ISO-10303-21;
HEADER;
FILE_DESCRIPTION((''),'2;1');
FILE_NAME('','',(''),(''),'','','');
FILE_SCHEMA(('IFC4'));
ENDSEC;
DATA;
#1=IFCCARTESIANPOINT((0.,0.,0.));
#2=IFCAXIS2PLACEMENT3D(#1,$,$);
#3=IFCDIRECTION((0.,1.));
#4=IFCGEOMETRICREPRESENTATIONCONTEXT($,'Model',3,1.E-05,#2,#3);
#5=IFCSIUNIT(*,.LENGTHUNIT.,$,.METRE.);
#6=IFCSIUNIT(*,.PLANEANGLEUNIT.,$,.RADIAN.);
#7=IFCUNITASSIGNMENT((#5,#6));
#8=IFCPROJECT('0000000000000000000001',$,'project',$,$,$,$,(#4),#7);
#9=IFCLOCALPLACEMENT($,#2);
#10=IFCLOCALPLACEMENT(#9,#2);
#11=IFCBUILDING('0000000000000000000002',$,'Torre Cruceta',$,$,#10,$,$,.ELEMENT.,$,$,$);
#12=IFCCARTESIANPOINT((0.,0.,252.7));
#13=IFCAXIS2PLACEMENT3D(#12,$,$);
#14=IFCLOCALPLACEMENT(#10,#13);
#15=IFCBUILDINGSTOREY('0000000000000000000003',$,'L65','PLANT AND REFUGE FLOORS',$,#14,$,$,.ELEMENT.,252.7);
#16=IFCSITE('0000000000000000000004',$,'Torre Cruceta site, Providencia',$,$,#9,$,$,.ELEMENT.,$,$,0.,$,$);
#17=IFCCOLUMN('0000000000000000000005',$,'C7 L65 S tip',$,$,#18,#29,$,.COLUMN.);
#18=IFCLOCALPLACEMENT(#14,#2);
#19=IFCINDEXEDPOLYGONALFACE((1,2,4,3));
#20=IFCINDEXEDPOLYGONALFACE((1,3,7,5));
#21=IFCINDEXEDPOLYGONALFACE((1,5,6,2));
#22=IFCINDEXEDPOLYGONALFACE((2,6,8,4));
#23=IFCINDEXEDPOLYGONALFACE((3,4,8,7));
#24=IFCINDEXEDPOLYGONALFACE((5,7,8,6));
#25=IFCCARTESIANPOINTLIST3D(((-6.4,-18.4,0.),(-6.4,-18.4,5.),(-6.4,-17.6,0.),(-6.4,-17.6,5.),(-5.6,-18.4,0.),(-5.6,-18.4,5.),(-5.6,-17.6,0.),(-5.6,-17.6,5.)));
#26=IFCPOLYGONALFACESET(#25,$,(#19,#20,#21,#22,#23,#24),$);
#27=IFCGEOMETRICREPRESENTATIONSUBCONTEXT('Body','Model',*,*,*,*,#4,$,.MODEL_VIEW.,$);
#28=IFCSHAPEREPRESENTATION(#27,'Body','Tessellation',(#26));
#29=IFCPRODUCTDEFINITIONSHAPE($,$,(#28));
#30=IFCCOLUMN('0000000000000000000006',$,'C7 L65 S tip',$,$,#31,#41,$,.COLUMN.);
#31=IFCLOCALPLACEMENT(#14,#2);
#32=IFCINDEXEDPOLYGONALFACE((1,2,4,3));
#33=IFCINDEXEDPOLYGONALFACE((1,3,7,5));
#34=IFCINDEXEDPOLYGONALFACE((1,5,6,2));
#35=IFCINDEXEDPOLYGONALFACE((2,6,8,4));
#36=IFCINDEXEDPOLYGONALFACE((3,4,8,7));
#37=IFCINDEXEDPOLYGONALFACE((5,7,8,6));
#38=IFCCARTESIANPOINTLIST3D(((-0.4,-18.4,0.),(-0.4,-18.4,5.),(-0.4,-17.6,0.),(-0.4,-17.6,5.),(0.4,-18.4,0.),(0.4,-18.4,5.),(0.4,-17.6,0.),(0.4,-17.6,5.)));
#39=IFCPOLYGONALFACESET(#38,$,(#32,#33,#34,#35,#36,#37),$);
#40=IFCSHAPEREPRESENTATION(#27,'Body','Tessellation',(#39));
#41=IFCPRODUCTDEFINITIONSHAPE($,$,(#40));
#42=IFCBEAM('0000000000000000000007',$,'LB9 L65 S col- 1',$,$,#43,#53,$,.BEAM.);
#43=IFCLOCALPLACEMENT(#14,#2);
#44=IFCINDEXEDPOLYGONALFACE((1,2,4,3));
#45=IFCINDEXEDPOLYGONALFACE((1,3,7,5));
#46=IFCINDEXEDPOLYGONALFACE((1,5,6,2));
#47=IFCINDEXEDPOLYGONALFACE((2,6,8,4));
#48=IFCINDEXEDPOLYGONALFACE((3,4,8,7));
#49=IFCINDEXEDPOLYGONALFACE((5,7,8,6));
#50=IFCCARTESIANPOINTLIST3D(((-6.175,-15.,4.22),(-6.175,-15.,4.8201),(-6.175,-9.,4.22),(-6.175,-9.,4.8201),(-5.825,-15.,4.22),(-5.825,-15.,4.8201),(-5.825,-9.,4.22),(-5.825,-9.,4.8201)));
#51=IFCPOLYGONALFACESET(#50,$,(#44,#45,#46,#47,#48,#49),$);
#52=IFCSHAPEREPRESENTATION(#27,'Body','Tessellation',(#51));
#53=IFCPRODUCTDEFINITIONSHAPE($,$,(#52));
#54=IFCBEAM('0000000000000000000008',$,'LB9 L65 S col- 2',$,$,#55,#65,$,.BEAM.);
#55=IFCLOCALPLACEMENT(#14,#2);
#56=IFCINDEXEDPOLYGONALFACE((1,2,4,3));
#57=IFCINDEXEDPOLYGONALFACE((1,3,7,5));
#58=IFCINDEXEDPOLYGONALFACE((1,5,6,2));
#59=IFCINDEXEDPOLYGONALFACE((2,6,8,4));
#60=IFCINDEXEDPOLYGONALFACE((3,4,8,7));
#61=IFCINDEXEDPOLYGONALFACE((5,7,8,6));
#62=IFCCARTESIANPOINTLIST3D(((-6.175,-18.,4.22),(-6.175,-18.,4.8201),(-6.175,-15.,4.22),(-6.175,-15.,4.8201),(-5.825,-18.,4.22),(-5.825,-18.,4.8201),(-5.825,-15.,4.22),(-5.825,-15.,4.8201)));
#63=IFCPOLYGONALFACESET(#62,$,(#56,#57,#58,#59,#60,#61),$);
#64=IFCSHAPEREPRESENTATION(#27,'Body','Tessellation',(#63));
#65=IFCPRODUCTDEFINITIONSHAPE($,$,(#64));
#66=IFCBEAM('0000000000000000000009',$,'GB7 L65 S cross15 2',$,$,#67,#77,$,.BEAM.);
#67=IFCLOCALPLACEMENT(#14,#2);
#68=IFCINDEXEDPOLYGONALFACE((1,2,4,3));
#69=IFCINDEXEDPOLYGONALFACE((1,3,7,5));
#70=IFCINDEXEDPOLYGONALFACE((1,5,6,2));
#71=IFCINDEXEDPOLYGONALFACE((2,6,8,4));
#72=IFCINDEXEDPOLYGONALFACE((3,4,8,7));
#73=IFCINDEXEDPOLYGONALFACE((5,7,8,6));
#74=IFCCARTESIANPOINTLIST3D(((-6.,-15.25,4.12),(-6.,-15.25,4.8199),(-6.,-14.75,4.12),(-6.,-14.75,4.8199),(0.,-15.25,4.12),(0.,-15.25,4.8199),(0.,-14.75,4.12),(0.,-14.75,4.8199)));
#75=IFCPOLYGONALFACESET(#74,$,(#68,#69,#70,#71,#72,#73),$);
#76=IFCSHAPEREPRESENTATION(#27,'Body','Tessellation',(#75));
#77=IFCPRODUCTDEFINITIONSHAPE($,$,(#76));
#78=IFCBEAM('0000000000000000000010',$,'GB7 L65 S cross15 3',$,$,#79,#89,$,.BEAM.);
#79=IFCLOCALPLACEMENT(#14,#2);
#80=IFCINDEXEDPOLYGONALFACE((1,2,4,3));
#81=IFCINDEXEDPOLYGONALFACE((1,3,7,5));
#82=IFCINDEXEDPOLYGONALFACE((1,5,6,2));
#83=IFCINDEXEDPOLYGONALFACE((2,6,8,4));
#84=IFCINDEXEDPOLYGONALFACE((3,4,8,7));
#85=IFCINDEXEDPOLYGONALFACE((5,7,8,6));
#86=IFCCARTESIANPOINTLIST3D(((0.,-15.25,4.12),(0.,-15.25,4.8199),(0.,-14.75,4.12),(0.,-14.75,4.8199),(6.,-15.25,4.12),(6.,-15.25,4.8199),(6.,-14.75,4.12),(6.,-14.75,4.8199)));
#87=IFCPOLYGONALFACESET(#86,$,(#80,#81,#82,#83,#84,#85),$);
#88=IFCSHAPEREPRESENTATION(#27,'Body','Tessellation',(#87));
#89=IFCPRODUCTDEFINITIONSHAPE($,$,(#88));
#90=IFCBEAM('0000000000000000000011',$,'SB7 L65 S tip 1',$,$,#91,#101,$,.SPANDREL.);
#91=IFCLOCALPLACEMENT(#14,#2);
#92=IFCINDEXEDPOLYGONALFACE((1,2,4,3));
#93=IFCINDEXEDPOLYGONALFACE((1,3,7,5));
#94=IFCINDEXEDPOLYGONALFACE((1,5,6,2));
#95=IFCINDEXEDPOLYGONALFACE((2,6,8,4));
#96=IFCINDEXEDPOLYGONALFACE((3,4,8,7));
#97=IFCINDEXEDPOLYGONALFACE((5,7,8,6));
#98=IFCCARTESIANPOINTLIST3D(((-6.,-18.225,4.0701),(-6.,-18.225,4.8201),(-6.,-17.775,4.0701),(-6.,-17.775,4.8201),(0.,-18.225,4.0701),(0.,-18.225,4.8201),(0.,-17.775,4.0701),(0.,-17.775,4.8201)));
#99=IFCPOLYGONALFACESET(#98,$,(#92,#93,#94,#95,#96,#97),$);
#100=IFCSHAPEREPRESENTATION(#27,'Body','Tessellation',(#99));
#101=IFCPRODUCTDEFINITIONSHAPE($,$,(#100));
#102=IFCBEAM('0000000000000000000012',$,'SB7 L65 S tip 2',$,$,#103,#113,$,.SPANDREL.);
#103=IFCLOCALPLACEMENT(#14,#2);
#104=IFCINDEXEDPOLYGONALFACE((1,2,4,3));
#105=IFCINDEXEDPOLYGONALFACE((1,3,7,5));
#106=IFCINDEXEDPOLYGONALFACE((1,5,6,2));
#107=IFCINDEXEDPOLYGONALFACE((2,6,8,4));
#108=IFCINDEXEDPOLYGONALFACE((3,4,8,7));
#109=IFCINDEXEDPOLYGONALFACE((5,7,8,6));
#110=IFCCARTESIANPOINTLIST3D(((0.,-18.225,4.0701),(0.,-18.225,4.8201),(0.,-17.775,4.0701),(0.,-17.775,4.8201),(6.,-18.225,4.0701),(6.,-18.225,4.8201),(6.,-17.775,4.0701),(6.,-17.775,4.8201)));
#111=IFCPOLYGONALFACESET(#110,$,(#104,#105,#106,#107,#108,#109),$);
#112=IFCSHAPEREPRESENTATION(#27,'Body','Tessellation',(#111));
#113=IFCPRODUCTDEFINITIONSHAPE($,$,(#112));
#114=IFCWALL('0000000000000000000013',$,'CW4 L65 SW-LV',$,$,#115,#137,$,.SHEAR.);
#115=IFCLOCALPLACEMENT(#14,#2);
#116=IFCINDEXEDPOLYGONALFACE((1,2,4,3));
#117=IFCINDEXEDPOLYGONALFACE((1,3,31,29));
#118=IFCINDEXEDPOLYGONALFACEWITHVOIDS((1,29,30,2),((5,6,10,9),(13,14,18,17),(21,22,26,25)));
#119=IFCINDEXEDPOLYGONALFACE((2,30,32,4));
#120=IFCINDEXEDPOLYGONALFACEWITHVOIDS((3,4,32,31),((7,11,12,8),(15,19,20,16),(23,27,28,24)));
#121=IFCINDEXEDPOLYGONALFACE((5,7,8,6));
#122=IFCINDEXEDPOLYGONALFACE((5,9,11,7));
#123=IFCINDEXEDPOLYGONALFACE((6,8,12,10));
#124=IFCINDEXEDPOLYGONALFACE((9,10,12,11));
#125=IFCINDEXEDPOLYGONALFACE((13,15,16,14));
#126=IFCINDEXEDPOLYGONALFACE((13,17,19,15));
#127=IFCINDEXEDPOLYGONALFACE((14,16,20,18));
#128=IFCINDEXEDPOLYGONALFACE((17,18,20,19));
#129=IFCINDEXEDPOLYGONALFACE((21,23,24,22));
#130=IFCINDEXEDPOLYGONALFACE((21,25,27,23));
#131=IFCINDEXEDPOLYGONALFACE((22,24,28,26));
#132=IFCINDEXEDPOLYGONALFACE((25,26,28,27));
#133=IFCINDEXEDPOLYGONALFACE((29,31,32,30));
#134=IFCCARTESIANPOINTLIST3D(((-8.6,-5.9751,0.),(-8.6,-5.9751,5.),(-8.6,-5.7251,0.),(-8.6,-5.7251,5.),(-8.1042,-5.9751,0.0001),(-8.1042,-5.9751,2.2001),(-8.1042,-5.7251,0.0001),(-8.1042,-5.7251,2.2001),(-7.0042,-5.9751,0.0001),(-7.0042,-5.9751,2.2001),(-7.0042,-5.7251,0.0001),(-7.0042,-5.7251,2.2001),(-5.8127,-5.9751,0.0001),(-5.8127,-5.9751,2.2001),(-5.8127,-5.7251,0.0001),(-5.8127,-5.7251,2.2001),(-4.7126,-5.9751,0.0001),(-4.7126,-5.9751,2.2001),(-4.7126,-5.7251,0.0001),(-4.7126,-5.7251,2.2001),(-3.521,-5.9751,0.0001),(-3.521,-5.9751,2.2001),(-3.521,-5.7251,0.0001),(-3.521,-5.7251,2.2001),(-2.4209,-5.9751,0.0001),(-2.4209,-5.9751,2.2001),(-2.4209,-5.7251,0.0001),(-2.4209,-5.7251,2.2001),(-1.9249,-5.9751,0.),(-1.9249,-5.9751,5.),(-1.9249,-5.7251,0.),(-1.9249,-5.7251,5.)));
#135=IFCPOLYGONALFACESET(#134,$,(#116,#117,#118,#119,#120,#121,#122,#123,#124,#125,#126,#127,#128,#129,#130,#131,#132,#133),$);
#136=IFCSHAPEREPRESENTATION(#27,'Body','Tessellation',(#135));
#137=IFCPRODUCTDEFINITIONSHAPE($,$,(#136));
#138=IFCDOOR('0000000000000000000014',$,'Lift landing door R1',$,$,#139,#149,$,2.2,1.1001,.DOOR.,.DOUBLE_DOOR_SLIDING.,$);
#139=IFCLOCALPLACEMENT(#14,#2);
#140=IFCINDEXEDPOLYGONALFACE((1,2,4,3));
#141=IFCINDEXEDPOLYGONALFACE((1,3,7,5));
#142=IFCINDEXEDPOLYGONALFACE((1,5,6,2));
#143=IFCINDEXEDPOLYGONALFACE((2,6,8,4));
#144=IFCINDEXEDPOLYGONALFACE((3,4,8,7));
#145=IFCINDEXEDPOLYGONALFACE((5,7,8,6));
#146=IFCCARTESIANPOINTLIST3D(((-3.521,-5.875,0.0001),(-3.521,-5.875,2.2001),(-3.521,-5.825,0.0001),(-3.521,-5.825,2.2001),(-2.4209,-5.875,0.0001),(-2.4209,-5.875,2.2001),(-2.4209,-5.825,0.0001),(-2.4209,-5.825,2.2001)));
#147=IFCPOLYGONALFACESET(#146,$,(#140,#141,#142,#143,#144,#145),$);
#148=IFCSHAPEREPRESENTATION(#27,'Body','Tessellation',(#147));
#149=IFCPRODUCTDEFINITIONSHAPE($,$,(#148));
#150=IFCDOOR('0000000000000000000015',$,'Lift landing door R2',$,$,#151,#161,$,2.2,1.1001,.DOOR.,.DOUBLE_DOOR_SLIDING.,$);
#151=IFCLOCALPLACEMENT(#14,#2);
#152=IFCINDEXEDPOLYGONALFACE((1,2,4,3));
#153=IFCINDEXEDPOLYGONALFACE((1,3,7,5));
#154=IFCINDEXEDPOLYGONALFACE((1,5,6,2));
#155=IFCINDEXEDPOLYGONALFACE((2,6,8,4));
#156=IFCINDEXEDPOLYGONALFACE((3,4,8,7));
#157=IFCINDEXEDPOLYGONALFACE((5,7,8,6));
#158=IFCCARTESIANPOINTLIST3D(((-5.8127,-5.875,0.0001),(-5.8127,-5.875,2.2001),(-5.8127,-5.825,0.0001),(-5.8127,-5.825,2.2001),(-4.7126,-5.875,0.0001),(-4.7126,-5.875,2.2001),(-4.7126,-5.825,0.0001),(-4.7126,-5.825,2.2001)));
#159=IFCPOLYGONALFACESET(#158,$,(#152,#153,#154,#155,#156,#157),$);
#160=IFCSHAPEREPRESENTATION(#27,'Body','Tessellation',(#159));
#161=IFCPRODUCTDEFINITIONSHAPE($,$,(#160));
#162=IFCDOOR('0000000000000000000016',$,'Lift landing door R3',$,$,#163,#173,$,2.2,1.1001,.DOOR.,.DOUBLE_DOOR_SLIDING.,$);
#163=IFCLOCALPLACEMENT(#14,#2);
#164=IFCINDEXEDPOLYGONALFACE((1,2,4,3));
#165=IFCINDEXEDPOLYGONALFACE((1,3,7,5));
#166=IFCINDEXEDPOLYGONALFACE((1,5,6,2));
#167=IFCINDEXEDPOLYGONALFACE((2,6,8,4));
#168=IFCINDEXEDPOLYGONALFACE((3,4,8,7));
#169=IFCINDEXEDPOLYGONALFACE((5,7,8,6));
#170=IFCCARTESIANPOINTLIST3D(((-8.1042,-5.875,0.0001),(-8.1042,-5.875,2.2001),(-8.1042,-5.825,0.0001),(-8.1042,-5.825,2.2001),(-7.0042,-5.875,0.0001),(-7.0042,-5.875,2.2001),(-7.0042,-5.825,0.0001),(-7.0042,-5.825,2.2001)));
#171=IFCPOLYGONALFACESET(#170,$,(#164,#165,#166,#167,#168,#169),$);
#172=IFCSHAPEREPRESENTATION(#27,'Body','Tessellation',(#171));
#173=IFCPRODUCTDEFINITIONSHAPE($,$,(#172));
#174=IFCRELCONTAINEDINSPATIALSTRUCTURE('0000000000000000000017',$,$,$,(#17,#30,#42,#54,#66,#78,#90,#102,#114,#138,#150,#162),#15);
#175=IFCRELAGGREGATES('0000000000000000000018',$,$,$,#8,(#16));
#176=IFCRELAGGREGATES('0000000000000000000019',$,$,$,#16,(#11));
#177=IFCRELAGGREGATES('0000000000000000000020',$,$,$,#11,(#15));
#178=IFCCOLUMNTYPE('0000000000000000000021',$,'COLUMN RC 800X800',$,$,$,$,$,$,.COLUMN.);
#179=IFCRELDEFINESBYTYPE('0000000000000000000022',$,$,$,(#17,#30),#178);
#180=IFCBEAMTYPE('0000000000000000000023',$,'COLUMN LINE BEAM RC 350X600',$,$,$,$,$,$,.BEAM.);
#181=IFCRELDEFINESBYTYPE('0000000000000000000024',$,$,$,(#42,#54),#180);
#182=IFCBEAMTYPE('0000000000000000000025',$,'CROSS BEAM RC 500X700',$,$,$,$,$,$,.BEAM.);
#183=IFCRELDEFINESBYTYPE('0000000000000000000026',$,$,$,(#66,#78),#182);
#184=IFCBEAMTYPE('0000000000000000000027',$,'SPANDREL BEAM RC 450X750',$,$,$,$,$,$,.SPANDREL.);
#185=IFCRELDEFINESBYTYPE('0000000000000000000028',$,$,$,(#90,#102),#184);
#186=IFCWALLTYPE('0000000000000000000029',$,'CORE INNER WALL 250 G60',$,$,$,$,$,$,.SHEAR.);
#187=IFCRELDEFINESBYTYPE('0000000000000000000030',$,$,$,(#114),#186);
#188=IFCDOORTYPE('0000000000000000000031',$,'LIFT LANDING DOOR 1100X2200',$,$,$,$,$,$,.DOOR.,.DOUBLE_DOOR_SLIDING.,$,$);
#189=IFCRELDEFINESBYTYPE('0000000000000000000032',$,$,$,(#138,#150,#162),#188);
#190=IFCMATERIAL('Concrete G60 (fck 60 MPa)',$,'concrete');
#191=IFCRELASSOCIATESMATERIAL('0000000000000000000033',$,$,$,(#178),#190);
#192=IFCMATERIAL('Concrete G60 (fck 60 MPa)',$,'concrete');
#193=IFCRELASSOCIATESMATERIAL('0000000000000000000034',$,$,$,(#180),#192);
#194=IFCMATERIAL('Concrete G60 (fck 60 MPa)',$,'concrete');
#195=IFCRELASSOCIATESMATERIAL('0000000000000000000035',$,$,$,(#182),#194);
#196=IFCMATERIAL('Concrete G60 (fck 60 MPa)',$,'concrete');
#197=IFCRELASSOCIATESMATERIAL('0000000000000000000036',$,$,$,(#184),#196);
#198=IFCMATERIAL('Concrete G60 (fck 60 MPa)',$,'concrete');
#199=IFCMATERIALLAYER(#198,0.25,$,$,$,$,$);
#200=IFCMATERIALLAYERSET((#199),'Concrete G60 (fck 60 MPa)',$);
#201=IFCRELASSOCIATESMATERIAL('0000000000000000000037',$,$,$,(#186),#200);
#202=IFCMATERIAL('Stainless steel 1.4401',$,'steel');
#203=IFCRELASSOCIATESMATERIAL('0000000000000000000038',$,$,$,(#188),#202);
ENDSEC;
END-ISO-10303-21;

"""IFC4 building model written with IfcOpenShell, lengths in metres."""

from ifc_helpers import new_model, si_unit, direction, frame, frame_2d, origin, origin_2d, place, context, subcontext, project, spatial, rectangle, extrude, material, layer, layer_set, material_profile, profile_set, type_object, element, fill, save


model = new_model("IFC4")

# Units and contexts
model_context = context("Model", 3, precision=1e-05, world=origin(), true_north=direction((0.0, 1.0)))
body_context = subcontext(model_context, "Body", "Model", "MODEL_VIEW")
ifc_project = project(units=[si_unit("LENGTHUNIT", "METRE"), si_unit("PLANEANGLEUNIT", "RADIAN")], contexts=[model_context])

# Site, building, storey
site_placement = place(None, origin())
site = spatial("IfcSite", under=ifc_project, at=site_placement, Name="Torre Cruceta site, Providencia", CompositionType="ELEMENT", RefElevation=0.0)
building_placement = place(site_placement, origin())
building = spatial("IfcBuilding", under=site, at=building_placement, Name="Torre Cruceta", CompositionType="ELEMENT")
storey_placement = place(building_placement, frame((0.0, 0.0, 252.7)))
storey = spatial("IfcBuildingStorey", under=building, at=storey_placement, Name="L65", Description="PLANT AND REFUGE FLOORS", CompositionType="ELEMENT", Elevation=252.7)

# Columns
ifc_material_1 = material(Name="Concrete G60 (fck 60 MPa)", Category="concrete")
ifc_material_profile_1 = material_profile(ifc_material_1, rectangle(XDim=0.8, YDim=0.8, at=origin_2d()), Name="RC 800X800")
ifc_profile_set_1 = profile_set([ifc_material_profile_1], Name="Concrete G60 (fck 60 MPa)")
column_type = type_object("IfcColumnType", Name="COLUMN RC 800X800", PredefinedType="COLUMN", material=ifc_profile_set_1)
for number, where, z_axis, x_axis, name in (
    (1, (-6.0, -18.0, 0.0), (0.0, 0.0, 1.0), (1.0, 0.0, 0.0), "C7 L65 S tip"),
    (2, (0.0, -18.0, 0.0), (0.0, 0.0, 1.0), (1.0, 0.0, 0.0), "C7 L65 S tip"),
):
    element("IfcColumn", number, at=place(storey_placement, frame(where, z_axis=z_axis, x_axis=x_axis)), inside=storey, type_object=column_type, Name=name, PredefinedType="COLUMN", context=body_context, shape_type="SweptSolid", body=[
        extrude(rectangle(XDim=0.8, YDim=0.8, at=origin_2d()), origin(), (0.0, 0.0, 1.0), 5.0),
    ])

# Beams
ifc_material_2 = material(Name="Concrete G60 (fck 60 MPa)", Category="concrete")
ifc_material_profile_2 = material_profile(ifc_material_2, rectangle(XDim=0.3501, YDim=0.6001, at=origin_2d()), Name="RC 350X600")
ifc_profile_set_2 = profile_set([ifc_material_profile_2], Name="Concrete G60 (fck 60 MPa)")
beam_type_1 = type_object("IfcBeamType", Name="COLUMN LINE BEAM RC 350X600", PredefinedType="BEAM", material=ifc_profile_set_2)
beam_1_placement = place(storey_placement, frame((-6.0, -9.0, 4.52), z_axis=(0.0, -1.0, 0.0), x_axis=(1.0, 0.0, 0.0)))
element("IfcBeam", 3, at=beam_1_placement, inside=storey, type_object=beam_type_1, Name="LB9 L65 S col- 1", PredefinedType="BEAM", context=body_context, shape_type="SweptSolid", body=[
    extrude(rectangle(XDim=0.3501, YDim=0.6001, at=origin_2d()), origin(), (0.0, 0.0, 1.0), 6.0),
])
beam_2_placement = place(storey_placement, frame((-6.0, -15.0, 4.52), z_axis=(0.0, -1.0, 0.0), x_axis=(1.0, 0.0, 0.0)))
element("IfcBeam", 4, at=beam_2_placement, inside=storey, type_object=beam_type_1, Name="LB9 L65 S col- 2", PredefinedType="BEAM", context=body_context, shape_type="SweptSolid", body=[
    extrude(rectangle(XDim=0.3501, YDim=0.6001, at=origin_2d()), origin(), (0.0, 0.0, 1.0), 3.0),
])
ifc_material_3 = material(Name="Concrete G60 (fck 60 MPa)", Category="concrete")
ifc_material_profile_3 = material_profile(ifc_material_3, rectangle(XDim=0.5, YDim=0.7, at=origin_2d()), Name="RC 500X700")
ifc_profile_set_3 = profile_set([ifc_material_profile_3], Name="Concrete G60 (fck 60 MPa)")
beam_type_2 = type_object("IfcBeamType", Name="CROSS BEAM RC 500X700", PredefinedType="BEAM", material=ifc_profile_set_3)
for number, where, z_axis, x_axis, name in (
    (5, (-6.0, -15.0, 4.47), (1.0, 0.0, 0.0), (0.0, 1.0, 0.0), "GB7 L65 S cross15 2"),
    (6, (0.0, -15.0, 4.47), (1.0, 0.0, 0.0), (0.0, 1.0, 0.0), "GB7 L65 S cross15 3"),
):
    element("IfcBeam", number, at=place(storey_placement, frame(where, z_axis=z_axis, x_axis=x_axis)), inside=storey, type_object=beam_type_2, Name=name, PredefinedType="BEAM", context=body_context, shape_type="SweptSolid", body=[
        extrude(rectangle(XDim=0.5, YDim=0.7, at=origin_2d()), origin(), (0.0, 0.0, 1.0), 6.0),
    ])
ifc_material_4 = material(Name="Concrete G60 (fck 60 MPa)", Category="concrete")
ifc_material_profile_4 = material_profile(ifc_material_4, rectangle(XDim=0.45, YDim=0.75, at=origin_2d()), Name="RC 450X750")
ifc_profile_set_4 = profile_set([ifc_material_profile_4], Name="Concrete G60 (fck 60 MPa)")
beam_type_3 = type_object("IfcBeamType", Name="SPANDREL BEAM RC 450X750", PredefinedType="SPANDREL", material=ifc_profile_set_4)
for number, where, z_axis, x_axis, name in (
    (7, (-6.0, -18.0, 4.4451), (1.0, 0.0, 0.0), (0.0, 1.0, 0.0), "SB7 L65 S tip 1"),
    (8, (0.0, -18.0, 4.4451), (1.0, 0.0, 0.0), (0.0, 1.0, 0.0), "SB7 L65 S tip 2"),
):
    element("IfcBeam", number, at=place(storey_placement, frame(where, z_axis=z_axis, x_axis=x_axis)), inside=storey, type_object=beam_type_3, Name=name, PredefinedType="SPANDREL", context=body_context, shape_type="SweptSolid", body=[
        extrude(rectangle(XDim=0.45, YDim=0.75, at=origin_2d()), origin(), (0.0, 0.0, 1.0), 6.0),
    ])

# Wall, openings, doors
ifc_material_5 = material(Name="Concrete G60 (fck 60 MPa)", Category="concrete")
ifc_layer_1 = layer(ifc_material_5, 0.25)
ifc_layer_set_1 = layer_set([ifc_layer_1], Name="Concrete G60 (fck 60 MPa)")
wall_type_1 = type_object("IfcWallType", Name="CORE INNER WALL 250 G60", PredefinedType="SHEAR", material=ifc_layer_set_1)
wall_1_placement = place(storey_placement, frame((-1.925, -5.8501, 0.0), z_axis=(0.0, 0.0, 1.0), x_axis=(-1.0, 0.0, 0.0)))
wall_1 = element("IfcWall", 9, at=wall_1_placement, inside=storey, type_object=wall_type_1, Name="CW4 L65 SW-LV", PredefinedType="SHEAR", context=body_context, shape_type="SweptSolid", body=[
    extrude(rectangle(XDim=6.675, YDim=0.25, at=frame_2d((3.3374, 0.0))), origin(), (0.0, 0.0, 1.0), 5.0),
])
opening_1_placement = place(wall_1_placement, frame((0.4958, 0.0, 0.0)))
opening_1 = element("IfcOpeningElement", 10, at=opening_1_placement, cuts=wall_1, PredefinedType="OPENING", context=body_context, shape_type="SweptSolid", body=[
    extrude(rectangle(XDim=1.1001, YDim=2.2, at=frame_2d((0.55, 1.1001))), frame((0.0, 0.135, 0.0), z_axis=(0.0, -1.0, 0.0), x_axis=(1.0, 0.0, 0.0)), (0.0, 0.0, 1.0), 0.27),
])
opening_2_placement = place(wall_1_placement, frame((2.7876, 0.0, 0.0)))
opening_2 = element("IfcOpeningElement", 11, at=opening_2_placement, cuts=wall_1, PredefinedType="OPENING", context=body_context, shape_type="SweptSolid", body=[
    extrude(rectangle(XDim=1.1001, YDim=2.2, at=frame_2d((0.55, 1.1001))), frame((0.0, 0.135, 0.0), z_axis=(0.0, -1.0, 0.0), x_axis=(1.0, 0.0, 0.0)), (0.0, 0.0, 1.0), 0.27),
])
opening_3_placement = place(wall_1_placement, frame((5.0791, 0.0, 0.0)))
opening_3 = element("IfcOpeningElement", 12, at=opening_3_placement, cuts=wall_1, PredefinedType="OPENING", context=body_context, shape_type="SweptSolid", body=[
    extrude(rectangle(XDim=1.1001, YDim=2.2, at=frame_2d((0.55, 1.1001))), frame((0.0, 0.135, 0.0), z_axis=(0.0, -1.0, 0.0), x_axis=(1.0, 0.0, 0.0)), (0.0, 0.0, 1.0), 0.27),
])
ifc_material_6 = material(Name="Stainless steel 1.4401", Category="steel")
door_type_1 = type_object("IfcDoorType", Name="LIFT LANDING DOOR 1100X2200", OperationType="DOUBLE_DOOR_SLIDING", PredefinedType="DOOR", material=ifc_material_6)
door_1_placement = place(opening_1_placement, origin())
door_1 = element("IfcDoor", 13, at=door_1_placement, inside=storey, type_object=door_type_1, Name="Lift landing door R1", OperationType="DOUBLE_DOOR_SLIDING", OverallHeight=2.2, OverallWidth=1.1001, PredefinedType="DOOR", context=body_context, shape_type="SweptSolid", body=[
    extrude(rectangle(XDim=1.1001, YDim=2.2, at=frame_2d((0.55, 1.1001))), frame((0.0, 0.0249, 0.0), z_axis=(0.0, -1.0, 0.0), x_axis=(1.0, 0.0, 0.0)), (0.0, 0.0, 1.0), 0.05),
])
fill(opening_1, door_1)
door_2_placement = place(opening_2_placement, origin())
door_2 = element("IfcDoor", 14, at=door_2_placement, inside=storey, type_object=door_type_1, Name="Lift landing door R2", OperationType="DOUBLE_DOOR_SLIDING", OverallHeight=2.2, OverallWidth=1.1001, PredefinedType="DOOR", context=body_context, shape_type="SweptSolid", body=[
    extrude(rectangle(XDim=1.1001, YDim=2.2, at=frame_2d((0.55, 1.1001))), frame((0.0, 0.0249, 0.0), z_axis=(0.0, -1.0, 0.0), x_axis=(1.0, 0.0, 0.0)), (0.0, 0.0, 1.0), 0.05),
])
fill(opening_2, door_2)
door_3_placement = place(opening_3_placement, origin())
door_3 = element("IfcDoor", 15, at=door_3_placement, inside=storey, type_object=door_type_1, Name="Lift landing door R3", OperationType="DOUBLE_DOOR_SLIDING", OverallHeight=2.2, OverallWidth=1.1001, PredefinedType="DOOR", context=body_context, shape_type="SweptSolid", body=[
    extrude(rectangle(XDim=1.1001, YDim=2.2, at=frame_2d((0.55, 1.1001))), frame((0.0, 0.0249, 0.0), z_axis=(0.0, -1.0, 0.0), x_axis=(1.0, 0.0, 0.0)), (0.0, 0.0, 1.0), 0.05),
])
fill(opening_3, door_3)

save(model, "model.ifc")
